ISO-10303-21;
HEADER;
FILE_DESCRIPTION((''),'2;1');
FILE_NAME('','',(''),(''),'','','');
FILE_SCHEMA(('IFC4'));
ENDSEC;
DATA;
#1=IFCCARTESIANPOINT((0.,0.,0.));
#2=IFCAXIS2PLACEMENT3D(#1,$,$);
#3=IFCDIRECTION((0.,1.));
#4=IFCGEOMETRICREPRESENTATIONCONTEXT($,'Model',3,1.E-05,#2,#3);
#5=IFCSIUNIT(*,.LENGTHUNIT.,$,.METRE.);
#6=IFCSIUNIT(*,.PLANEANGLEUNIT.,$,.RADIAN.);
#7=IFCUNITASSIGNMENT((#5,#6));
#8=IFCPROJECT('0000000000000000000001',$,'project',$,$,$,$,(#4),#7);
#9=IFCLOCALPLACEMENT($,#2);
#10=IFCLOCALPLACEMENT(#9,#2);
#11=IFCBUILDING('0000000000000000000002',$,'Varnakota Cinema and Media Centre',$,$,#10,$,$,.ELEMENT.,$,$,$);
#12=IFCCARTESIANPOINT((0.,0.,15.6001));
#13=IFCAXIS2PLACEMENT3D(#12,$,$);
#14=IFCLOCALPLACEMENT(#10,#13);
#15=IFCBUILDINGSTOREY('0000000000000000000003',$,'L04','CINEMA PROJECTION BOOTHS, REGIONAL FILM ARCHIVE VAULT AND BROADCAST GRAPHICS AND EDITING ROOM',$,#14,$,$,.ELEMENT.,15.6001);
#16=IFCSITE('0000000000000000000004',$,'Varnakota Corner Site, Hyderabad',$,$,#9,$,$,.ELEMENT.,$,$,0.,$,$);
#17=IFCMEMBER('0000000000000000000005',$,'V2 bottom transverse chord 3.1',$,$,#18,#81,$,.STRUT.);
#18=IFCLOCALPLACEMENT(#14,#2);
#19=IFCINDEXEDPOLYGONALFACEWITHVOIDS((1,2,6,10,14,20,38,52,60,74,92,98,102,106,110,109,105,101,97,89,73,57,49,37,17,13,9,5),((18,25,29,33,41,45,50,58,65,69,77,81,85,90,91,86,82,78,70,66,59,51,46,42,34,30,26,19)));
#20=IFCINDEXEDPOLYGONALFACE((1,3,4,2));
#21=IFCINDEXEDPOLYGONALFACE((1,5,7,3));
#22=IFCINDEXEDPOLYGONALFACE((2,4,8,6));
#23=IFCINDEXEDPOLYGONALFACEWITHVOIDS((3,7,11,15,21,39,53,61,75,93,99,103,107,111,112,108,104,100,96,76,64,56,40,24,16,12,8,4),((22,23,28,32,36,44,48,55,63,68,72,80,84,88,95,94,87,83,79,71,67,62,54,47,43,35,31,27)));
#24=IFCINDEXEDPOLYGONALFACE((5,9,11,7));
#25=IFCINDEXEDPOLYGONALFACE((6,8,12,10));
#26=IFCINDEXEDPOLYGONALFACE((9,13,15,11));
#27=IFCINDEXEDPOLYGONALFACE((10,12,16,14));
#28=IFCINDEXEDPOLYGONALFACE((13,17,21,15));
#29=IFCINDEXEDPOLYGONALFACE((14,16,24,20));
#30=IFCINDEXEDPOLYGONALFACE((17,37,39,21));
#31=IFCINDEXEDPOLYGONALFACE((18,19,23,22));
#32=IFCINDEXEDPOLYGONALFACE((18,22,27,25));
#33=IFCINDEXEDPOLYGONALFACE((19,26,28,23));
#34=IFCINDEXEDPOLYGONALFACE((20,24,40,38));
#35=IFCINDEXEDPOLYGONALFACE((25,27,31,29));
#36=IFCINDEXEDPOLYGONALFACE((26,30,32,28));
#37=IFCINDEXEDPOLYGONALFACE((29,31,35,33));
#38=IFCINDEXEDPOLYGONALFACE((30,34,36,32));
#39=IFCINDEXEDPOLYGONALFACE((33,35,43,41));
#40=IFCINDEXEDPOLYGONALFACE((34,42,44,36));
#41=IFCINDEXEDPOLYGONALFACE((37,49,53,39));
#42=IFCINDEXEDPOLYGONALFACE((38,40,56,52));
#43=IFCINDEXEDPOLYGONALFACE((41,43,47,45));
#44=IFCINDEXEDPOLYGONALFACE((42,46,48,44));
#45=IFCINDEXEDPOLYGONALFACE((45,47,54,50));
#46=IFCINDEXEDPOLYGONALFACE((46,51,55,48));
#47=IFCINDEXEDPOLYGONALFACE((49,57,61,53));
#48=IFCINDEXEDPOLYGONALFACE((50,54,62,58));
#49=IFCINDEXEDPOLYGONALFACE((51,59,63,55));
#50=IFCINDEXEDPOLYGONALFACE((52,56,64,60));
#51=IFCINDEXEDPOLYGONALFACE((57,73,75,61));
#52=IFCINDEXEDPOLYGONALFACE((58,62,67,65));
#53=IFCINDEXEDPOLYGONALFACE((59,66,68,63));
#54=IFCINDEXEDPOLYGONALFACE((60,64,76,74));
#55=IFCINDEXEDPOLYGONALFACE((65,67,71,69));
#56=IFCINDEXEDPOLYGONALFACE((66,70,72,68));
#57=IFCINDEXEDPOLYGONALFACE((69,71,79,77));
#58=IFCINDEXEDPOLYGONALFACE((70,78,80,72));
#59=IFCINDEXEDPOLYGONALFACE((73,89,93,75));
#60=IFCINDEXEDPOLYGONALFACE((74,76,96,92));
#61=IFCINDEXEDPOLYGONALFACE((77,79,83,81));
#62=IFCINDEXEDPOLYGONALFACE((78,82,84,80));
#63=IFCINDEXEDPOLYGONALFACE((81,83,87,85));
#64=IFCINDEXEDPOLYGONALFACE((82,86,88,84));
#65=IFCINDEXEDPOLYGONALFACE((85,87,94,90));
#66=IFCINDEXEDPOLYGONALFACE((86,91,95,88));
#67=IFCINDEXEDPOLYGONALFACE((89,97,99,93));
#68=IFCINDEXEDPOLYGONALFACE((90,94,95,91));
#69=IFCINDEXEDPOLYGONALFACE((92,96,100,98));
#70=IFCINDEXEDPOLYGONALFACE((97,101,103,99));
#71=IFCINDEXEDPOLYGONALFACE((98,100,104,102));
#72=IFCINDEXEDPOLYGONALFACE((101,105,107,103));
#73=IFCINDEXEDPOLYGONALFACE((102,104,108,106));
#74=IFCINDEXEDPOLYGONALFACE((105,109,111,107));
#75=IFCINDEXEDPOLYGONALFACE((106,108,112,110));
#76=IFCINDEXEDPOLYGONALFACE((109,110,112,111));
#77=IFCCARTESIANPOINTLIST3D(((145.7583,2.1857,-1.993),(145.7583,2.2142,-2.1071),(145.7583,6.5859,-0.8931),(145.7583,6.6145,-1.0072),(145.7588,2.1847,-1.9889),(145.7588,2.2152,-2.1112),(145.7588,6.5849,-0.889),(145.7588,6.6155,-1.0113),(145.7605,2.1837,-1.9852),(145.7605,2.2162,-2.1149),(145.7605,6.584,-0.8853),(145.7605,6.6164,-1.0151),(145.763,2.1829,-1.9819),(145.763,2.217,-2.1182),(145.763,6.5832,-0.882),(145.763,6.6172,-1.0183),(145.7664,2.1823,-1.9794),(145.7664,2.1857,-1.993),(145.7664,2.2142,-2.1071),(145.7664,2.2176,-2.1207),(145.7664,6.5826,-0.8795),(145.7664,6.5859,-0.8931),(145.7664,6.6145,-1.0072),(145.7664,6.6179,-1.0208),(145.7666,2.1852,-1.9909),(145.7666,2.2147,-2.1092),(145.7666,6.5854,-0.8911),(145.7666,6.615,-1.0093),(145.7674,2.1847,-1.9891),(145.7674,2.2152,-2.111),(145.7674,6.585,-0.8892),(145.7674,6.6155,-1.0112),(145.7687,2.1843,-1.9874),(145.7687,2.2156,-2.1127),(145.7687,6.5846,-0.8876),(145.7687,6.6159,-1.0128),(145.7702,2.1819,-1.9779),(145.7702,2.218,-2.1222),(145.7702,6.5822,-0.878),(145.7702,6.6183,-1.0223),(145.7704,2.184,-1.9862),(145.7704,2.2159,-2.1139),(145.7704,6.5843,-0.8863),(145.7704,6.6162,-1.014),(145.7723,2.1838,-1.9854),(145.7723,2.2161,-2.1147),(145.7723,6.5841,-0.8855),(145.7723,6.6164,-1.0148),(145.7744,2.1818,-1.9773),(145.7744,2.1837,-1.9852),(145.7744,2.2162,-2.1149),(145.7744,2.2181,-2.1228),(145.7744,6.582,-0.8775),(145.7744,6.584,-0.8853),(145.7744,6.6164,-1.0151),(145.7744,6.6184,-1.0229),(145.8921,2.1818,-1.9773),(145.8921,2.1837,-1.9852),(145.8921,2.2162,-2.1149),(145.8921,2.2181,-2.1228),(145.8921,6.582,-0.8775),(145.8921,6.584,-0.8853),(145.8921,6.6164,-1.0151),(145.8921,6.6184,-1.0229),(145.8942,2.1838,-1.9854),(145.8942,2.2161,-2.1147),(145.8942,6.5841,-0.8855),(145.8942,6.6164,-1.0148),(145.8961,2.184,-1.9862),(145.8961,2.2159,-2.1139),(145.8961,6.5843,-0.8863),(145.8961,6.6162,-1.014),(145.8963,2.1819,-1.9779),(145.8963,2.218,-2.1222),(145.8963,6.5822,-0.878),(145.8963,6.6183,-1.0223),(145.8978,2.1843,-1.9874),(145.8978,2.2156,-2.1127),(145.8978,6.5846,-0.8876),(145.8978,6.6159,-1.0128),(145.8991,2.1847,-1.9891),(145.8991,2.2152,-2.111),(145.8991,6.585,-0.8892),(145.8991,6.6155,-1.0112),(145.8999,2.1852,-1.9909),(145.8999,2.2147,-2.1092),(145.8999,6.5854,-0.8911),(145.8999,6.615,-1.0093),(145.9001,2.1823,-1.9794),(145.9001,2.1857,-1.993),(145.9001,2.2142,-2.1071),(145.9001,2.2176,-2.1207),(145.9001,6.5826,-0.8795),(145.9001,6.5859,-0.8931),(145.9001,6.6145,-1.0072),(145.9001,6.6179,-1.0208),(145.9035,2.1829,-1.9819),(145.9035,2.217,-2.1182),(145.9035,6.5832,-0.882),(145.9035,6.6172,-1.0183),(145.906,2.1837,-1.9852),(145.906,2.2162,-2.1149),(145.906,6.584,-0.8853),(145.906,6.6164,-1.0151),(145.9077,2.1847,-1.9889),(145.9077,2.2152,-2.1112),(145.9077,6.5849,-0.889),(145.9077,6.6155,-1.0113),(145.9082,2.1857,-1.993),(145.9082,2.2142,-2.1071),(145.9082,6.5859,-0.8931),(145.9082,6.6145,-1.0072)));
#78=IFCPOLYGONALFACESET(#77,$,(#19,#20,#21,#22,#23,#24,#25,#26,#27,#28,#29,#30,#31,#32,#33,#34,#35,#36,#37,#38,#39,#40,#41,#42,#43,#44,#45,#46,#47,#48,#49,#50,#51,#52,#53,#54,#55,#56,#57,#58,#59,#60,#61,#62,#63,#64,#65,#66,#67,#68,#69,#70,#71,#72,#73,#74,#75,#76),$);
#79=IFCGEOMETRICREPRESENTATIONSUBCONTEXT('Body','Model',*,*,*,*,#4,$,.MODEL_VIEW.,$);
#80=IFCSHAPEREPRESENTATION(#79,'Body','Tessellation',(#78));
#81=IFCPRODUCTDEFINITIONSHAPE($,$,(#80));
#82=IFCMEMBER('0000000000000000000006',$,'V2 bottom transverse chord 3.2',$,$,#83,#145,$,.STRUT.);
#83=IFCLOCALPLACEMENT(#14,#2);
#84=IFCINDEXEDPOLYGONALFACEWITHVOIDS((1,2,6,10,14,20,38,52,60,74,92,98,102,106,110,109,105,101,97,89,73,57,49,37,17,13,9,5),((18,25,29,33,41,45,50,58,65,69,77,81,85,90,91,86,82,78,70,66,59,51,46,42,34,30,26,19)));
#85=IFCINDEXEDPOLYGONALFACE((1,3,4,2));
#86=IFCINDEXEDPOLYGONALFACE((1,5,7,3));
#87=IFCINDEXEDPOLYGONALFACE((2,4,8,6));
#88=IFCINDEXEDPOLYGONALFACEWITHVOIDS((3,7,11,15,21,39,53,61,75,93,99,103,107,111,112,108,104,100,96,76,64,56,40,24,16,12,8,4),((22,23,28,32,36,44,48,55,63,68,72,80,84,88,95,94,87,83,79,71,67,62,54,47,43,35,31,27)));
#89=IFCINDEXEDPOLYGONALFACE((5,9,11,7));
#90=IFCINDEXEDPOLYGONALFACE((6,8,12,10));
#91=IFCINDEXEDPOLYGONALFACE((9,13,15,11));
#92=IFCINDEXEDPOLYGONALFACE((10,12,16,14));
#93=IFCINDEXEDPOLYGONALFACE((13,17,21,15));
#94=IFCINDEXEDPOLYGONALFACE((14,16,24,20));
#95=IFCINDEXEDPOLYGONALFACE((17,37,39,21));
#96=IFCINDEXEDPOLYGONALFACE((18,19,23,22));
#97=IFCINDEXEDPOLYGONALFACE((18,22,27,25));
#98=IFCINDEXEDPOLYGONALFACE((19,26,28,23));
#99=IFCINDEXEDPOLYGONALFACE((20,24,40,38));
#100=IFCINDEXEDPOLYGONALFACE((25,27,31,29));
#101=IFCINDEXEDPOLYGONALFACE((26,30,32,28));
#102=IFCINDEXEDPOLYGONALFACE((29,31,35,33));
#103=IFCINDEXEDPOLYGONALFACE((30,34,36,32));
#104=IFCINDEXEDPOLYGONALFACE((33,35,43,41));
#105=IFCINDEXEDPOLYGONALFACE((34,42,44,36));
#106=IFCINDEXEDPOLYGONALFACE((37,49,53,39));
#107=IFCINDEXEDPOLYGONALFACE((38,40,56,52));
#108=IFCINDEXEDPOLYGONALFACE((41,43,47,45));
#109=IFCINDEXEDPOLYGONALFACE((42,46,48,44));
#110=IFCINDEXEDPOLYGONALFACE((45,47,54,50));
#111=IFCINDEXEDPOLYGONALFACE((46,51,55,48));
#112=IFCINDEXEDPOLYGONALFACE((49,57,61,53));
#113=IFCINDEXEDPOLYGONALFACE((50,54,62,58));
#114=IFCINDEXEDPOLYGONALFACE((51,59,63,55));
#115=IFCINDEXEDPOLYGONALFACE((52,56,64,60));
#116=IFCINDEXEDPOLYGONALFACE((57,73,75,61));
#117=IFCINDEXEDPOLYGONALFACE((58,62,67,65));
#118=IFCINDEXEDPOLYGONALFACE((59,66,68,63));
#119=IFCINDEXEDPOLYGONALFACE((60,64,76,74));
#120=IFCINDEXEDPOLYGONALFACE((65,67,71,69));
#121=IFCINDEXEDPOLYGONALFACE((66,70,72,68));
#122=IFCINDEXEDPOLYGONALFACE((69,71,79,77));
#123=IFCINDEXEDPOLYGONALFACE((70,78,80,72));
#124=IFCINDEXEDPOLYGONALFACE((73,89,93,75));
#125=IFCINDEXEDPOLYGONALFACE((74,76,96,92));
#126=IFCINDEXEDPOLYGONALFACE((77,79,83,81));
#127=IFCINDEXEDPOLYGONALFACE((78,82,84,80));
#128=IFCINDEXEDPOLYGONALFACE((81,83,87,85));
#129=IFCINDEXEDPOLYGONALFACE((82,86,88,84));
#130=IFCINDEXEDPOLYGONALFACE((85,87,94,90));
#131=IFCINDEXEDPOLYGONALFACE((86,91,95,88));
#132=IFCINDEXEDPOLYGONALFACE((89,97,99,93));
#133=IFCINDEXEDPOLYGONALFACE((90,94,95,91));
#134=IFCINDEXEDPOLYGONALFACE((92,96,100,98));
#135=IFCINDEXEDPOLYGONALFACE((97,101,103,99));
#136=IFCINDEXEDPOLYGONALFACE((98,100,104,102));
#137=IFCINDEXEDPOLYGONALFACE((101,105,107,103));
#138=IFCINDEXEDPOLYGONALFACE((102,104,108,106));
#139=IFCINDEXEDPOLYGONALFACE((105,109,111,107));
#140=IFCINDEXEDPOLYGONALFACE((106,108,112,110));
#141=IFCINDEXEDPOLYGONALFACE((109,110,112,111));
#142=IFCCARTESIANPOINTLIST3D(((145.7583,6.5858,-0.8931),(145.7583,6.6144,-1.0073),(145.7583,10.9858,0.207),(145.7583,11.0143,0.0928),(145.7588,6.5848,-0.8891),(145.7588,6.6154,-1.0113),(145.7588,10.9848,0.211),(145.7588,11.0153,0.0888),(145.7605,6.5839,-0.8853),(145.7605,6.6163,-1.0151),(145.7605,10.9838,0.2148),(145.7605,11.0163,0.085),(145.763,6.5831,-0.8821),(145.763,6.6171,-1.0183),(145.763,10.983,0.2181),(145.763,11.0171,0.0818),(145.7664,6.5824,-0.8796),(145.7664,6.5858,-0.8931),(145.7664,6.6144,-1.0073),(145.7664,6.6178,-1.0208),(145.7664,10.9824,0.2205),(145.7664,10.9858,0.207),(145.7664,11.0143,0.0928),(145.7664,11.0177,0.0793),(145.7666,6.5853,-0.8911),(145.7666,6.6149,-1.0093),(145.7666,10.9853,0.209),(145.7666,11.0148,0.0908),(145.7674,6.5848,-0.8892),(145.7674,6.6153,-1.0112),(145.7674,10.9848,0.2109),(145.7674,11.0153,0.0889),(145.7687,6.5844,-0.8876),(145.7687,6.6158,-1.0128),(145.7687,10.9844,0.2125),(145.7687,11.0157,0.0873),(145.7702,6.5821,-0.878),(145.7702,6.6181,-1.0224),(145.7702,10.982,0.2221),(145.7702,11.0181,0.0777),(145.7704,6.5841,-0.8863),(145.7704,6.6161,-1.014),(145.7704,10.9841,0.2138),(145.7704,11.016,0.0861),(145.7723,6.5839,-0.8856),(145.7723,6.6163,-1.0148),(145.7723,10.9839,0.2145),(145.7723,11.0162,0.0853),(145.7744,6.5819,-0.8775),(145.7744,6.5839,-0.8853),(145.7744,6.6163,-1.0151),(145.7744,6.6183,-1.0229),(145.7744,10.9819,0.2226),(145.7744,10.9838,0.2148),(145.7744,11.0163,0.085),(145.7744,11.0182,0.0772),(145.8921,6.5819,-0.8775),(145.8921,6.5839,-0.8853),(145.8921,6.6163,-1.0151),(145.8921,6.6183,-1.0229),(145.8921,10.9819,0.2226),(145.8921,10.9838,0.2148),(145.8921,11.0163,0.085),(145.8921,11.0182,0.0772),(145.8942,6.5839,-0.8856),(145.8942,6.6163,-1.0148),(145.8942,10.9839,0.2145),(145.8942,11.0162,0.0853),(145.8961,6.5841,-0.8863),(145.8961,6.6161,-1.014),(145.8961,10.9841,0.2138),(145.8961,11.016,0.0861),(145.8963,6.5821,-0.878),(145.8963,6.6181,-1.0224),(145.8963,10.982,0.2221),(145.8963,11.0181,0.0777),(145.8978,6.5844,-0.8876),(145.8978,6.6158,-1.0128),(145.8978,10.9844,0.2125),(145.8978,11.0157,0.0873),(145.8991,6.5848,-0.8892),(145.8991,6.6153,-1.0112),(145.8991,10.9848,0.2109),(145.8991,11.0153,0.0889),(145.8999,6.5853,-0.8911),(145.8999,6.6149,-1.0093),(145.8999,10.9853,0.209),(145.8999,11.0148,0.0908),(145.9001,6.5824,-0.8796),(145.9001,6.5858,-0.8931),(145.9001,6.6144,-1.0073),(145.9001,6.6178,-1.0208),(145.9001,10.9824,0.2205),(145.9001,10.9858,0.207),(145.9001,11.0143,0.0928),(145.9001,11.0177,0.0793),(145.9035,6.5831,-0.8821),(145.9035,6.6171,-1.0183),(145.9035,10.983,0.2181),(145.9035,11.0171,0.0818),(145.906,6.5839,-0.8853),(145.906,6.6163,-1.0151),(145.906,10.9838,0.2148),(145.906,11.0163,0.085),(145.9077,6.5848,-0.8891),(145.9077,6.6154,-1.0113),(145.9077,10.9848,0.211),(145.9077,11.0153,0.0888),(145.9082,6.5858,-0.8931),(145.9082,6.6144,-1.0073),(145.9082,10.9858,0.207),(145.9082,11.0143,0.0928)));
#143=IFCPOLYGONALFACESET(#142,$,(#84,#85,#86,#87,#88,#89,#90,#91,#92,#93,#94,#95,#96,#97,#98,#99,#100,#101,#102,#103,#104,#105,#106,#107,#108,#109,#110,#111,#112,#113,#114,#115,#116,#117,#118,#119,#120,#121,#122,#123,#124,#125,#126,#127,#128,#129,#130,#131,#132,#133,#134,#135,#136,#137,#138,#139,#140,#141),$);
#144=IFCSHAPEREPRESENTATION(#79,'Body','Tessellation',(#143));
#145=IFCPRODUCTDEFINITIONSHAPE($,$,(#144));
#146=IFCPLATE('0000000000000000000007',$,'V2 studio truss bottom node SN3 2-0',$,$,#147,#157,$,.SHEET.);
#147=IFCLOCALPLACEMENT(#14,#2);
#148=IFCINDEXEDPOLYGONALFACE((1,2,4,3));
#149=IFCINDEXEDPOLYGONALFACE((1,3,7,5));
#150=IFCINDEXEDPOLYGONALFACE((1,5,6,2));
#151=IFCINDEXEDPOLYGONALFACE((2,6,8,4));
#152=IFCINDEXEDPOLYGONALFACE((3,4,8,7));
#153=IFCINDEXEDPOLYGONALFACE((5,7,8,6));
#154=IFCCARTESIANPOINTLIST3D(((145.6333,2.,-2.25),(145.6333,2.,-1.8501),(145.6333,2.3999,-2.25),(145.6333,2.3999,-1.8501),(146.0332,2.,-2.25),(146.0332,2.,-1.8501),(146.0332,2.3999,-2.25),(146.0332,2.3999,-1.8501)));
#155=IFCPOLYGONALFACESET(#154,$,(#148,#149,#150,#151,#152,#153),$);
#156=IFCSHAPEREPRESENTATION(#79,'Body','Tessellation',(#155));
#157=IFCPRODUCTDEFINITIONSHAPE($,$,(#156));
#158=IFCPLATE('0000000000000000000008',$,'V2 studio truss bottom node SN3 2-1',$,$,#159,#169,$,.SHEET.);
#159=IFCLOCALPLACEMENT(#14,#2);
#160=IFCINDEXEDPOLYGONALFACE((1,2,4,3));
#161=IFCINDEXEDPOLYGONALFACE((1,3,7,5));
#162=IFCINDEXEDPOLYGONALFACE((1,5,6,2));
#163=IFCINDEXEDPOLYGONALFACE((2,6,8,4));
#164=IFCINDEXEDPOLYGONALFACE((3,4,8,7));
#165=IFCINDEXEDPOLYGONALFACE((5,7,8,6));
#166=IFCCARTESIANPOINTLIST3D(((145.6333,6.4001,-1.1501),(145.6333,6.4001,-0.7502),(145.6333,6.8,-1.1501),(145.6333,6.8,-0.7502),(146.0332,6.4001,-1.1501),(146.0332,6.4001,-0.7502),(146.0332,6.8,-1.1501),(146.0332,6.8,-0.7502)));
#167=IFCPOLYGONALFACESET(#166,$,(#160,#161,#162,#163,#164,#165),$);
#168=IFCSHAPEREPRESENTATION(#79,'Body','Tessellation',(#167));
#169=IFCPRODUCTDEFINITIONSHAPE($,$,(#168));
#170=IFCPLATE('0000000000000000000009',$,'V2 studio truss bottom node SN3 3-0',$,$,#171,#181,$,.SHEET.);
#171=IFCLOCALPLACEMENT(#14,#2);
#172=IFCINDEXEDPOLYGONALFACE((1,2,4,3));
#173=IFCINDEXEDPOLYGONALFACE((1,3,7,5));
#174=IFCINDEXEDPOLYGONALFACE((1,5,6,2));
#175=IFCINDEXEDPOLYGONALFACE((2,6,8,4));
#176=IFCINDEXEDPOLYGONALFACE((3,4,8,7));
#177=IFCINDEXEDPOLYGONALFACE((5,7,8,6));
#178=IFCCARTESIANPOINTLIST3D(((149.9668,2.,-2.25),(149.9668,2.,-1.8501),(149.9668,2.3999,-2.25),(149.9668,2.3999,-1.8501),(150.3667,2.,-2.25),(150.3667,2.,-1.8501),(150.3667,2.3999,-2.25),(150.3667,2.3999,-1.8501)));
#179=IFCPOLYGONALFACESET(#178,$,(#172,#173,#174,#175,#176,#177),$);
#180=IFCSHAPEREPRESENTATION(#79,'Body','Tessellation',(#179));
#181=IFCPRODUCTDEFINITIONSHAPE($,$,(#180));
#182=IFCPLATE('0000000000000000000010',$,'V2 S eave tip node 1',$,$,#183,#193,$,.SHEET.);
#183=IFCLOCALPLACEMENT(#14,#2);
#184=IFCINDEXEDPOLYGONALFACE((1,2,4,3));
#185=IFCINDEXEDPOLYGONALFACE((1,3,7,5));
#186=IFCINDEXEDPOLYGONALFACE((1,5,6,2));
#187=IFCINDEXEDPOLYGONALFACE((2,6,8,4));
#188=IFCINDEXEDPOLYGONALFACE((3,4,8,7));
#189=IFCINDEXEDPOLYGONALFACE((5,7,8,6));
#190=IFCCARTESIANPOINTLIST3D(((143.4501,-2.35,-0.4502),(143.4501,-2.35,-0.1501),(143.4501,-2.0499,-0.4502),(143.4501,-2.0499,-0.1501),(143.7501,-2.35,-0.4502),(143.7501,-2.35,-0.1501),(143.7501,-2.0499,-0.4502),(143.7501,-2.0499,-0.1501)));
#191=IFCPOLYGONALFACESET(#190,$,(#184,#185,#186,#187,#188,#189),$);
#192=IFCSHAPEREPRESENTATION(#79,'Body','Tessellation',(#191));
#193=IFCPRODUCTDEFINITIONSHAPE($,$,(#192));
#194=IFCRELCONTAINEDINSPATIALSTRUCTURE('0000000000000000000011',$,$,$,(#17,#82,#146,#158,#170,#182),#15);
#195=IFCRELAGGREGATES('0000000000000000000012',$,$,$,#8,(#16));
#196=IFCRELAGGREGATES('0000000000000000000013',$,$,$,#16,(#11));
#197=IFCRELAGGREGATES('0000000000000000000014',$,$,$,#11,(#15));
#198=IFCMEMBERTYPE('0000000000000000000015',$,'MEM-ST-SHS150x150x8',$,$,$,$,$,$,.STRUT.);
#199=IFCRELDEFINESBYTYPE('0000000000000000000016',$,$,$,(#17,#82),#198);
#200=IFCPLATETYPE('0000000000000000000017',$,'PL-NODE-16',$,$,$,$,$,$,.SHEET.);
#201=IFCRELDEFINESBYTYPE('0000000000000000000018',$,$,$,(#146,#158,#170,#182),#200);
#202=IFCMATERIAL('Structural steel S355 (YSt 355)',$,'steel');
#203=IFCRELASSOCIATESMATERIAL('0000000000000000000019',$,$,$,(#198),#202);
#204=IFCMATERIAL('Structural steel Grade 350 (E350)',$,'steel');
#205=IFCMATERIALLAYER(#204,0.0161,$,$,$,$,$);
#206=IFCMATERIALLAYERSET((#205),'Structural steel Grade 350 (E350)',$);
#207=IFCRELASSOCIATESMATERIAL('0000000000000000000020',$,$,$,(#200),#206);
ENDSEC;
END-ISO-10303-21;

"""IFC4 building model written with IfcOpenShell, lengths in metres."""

from ifc_helpers import new_model, si_unit, direction, frame, origin, origin_2d, place, context, subcontext, project, spatial, rectangle, hollow_rectangle, extrude, material, layer, layer_set, material_profile, profile_set, type_object, element, save


model = new_model("IFC4")

# Units and contexts
model_context = context("Model", 3, precision=1e-05, world=origin(), true_north=direction((0.0, 1.0)))
body_context = subcontext(model_context, "Body", "Model", "MODEL_VIEW")
ifc_project = project(units=[si_unit("LENGTHUNIT", "METRE"), si_unit("PLANEANGLEUNIT", "RADIAN")], contexts=[model_context])

# Site, building, storey
site_placement = place(None, origin())
site = spatial("IfcSite", under=ifc_project, at=site_placement, Name="Varnakota Corner Site, Hyderabad", CompositionType="ELEMENT", RefElevation=0.0)
building_placement = place(site_placement, origin())
building = spatial("IfcBuilding", under=site, at=building_placement, Name="Varnakota Cinema and Media Centre", CompositionType="ELEMENT")
storey_placement = place(building_placement, frame((0.0, 0.0, 15.6001)))
storey = spatial("IfcBuildingStorey", under=building, at=storey_placement, Name="L04", Description="CINEMA PROJECTION BOOTHS, REGIONAL FILM ARCHIVE VAULT AND BROADCAST GRAPHICS AND EDITING ROOM", CompositionType="ELEMENT", Elevation=15.6001)

# Members
ifc_material_1 = material(Name="Structural steel S355 (YSt 355)", Category="steel")
ifc_material_profile_1 = material_profile(ifc_material_1, hollow_rectangle(XDim=0.1499, YDim=0.1499, WallThickness=0.0081, InnerFilletRadius=0.0081, OuterFilletRadius=0.0161, at=origin_2d()), Name="SHS 150x150x8")
ifc_profile_set_1 = profile_set([ifc_material_profile_1], Name="Structural steel S355 (YSt 355)")
member_type_1 = type_object("IfcMemberType", Name="MEM-ST-SHS150x150x8", PredefinedType="STRUT", material=ifc_profile_set_1)
member_1_placement = place(storey_placement, frame((145.8333, 2.2, -2.05), z_axis=(0.0, 0.970152, 0.242498), x_axis=(-1.0, 0.0, 0.0)))
element("IfcMember", 1, at=member_1_placement, inside=storey, type_object=member_type_1, Name="V2 bottom transverse chord 3.1", PredefinedType="STRUT", context=body_context, shape_type="SweptSolid", body=[
    extrude(hollow_rectangle(XDim=0.1499, YDim=0.1499, WallThickness=0.0081, InnerFilletRadius=0.0081, OuterFilletRadius=0.0161, at=origin_2d()), origin(), (0.0, 0.0, 1.0), 4.5356),
])
member_2_placement = place(storey_placement, frame((145.8333, 6.6001, -0.9502), z_axis=(0.0, 0.970136, 0.242561), x_axis=(-1.0, 0.0, 0.0)))
element("IfcMember", 2, at=member_2_placement, inside=storey, type_object=member_type_1, Name="V2 bottom transverse chord 3.2", PredefinedType="STRUT", context=body_context, shape_type="SweptSolid", body=[
    extrude(hollow_rectangle(XDim=0.1499, YDim=0.1499, WallThickness=0.0081, InnerFilletRadius=0.0081, OuterFilletRadius=0.0161, at=origin_2d()), origin(), (0.0, 0.0, 1.0), 4.5354),
])

# Plates
ifc_material_2 = material(Name="Structural steel Grade 350 (E350)", Category="steel")
ifc_layer_1 = layer(ifc_material_2, 0.0161)
ifc_layer_set_1 = layer_set([ifc_layer_1], Name="Structural steel Grade 350 (E350)")
plate_type_1 = type_object("IfcPlateType", Name="PL-NODE-16", PredefinedType="SHEET", material=ifc_layer_set_1)
for number, where, z_axis, x_axis, name in (
    (3, (145.8333, 2.2, -2.25), (0.0, 0.0, 1.0), (1.0, 0.0, 0.0), "V2 studio truss bottom node SN3 2-0"),
    (4, (145.8333, 6.6001, -1.1501), (0.0, 0.0, 1.0), (1.0, 0.0, 0.0), "V2 studio truss bottom node SN3 2-1"),
    (5, (150.1667, 2.2, -2.25), (0.0, 0.0, 1.0), (1.0, 0.0, 0.0), "V2 studio truss bottom node SN3 3-0"),
):
    element("IfcPlate", number, at=place(storey_placement, frame(where, z_axis=z_axis, x_axis=x_axis)), inside=storey, type_object=plate_type_1, Name=name, PredefinedType="SHEET", context=body_context, shape_type="SweptSolid", body=[
        extrude(rectangle(XDim=0.3999, YDim=0.3999, at=origin_2d()), origin(), (0.0, 0.0, 1.0), 0.3999),
    ])
plate_placement = place(storey_placement, frame((143.6001, -2.2, -0.4502), z_axis=(0.0, 0.0, 1.0), x_axis=(1.0, 0.0, 0.0)))
element("IfcPlate", 6, at=plate_placement, inside=storey, type_object=plate_type_1, Name="V2 S eave tip node 1", PredefinedType="SHEET", context=body_context, shape_type="SweptSolid", body=[
    extrude(rectangle(XDim=0.3, YDim=0.3, at=origin_2d()), origin(), (0.0, 0.0, 1.0), 0.3),
])

save(model, "model.ifc")
